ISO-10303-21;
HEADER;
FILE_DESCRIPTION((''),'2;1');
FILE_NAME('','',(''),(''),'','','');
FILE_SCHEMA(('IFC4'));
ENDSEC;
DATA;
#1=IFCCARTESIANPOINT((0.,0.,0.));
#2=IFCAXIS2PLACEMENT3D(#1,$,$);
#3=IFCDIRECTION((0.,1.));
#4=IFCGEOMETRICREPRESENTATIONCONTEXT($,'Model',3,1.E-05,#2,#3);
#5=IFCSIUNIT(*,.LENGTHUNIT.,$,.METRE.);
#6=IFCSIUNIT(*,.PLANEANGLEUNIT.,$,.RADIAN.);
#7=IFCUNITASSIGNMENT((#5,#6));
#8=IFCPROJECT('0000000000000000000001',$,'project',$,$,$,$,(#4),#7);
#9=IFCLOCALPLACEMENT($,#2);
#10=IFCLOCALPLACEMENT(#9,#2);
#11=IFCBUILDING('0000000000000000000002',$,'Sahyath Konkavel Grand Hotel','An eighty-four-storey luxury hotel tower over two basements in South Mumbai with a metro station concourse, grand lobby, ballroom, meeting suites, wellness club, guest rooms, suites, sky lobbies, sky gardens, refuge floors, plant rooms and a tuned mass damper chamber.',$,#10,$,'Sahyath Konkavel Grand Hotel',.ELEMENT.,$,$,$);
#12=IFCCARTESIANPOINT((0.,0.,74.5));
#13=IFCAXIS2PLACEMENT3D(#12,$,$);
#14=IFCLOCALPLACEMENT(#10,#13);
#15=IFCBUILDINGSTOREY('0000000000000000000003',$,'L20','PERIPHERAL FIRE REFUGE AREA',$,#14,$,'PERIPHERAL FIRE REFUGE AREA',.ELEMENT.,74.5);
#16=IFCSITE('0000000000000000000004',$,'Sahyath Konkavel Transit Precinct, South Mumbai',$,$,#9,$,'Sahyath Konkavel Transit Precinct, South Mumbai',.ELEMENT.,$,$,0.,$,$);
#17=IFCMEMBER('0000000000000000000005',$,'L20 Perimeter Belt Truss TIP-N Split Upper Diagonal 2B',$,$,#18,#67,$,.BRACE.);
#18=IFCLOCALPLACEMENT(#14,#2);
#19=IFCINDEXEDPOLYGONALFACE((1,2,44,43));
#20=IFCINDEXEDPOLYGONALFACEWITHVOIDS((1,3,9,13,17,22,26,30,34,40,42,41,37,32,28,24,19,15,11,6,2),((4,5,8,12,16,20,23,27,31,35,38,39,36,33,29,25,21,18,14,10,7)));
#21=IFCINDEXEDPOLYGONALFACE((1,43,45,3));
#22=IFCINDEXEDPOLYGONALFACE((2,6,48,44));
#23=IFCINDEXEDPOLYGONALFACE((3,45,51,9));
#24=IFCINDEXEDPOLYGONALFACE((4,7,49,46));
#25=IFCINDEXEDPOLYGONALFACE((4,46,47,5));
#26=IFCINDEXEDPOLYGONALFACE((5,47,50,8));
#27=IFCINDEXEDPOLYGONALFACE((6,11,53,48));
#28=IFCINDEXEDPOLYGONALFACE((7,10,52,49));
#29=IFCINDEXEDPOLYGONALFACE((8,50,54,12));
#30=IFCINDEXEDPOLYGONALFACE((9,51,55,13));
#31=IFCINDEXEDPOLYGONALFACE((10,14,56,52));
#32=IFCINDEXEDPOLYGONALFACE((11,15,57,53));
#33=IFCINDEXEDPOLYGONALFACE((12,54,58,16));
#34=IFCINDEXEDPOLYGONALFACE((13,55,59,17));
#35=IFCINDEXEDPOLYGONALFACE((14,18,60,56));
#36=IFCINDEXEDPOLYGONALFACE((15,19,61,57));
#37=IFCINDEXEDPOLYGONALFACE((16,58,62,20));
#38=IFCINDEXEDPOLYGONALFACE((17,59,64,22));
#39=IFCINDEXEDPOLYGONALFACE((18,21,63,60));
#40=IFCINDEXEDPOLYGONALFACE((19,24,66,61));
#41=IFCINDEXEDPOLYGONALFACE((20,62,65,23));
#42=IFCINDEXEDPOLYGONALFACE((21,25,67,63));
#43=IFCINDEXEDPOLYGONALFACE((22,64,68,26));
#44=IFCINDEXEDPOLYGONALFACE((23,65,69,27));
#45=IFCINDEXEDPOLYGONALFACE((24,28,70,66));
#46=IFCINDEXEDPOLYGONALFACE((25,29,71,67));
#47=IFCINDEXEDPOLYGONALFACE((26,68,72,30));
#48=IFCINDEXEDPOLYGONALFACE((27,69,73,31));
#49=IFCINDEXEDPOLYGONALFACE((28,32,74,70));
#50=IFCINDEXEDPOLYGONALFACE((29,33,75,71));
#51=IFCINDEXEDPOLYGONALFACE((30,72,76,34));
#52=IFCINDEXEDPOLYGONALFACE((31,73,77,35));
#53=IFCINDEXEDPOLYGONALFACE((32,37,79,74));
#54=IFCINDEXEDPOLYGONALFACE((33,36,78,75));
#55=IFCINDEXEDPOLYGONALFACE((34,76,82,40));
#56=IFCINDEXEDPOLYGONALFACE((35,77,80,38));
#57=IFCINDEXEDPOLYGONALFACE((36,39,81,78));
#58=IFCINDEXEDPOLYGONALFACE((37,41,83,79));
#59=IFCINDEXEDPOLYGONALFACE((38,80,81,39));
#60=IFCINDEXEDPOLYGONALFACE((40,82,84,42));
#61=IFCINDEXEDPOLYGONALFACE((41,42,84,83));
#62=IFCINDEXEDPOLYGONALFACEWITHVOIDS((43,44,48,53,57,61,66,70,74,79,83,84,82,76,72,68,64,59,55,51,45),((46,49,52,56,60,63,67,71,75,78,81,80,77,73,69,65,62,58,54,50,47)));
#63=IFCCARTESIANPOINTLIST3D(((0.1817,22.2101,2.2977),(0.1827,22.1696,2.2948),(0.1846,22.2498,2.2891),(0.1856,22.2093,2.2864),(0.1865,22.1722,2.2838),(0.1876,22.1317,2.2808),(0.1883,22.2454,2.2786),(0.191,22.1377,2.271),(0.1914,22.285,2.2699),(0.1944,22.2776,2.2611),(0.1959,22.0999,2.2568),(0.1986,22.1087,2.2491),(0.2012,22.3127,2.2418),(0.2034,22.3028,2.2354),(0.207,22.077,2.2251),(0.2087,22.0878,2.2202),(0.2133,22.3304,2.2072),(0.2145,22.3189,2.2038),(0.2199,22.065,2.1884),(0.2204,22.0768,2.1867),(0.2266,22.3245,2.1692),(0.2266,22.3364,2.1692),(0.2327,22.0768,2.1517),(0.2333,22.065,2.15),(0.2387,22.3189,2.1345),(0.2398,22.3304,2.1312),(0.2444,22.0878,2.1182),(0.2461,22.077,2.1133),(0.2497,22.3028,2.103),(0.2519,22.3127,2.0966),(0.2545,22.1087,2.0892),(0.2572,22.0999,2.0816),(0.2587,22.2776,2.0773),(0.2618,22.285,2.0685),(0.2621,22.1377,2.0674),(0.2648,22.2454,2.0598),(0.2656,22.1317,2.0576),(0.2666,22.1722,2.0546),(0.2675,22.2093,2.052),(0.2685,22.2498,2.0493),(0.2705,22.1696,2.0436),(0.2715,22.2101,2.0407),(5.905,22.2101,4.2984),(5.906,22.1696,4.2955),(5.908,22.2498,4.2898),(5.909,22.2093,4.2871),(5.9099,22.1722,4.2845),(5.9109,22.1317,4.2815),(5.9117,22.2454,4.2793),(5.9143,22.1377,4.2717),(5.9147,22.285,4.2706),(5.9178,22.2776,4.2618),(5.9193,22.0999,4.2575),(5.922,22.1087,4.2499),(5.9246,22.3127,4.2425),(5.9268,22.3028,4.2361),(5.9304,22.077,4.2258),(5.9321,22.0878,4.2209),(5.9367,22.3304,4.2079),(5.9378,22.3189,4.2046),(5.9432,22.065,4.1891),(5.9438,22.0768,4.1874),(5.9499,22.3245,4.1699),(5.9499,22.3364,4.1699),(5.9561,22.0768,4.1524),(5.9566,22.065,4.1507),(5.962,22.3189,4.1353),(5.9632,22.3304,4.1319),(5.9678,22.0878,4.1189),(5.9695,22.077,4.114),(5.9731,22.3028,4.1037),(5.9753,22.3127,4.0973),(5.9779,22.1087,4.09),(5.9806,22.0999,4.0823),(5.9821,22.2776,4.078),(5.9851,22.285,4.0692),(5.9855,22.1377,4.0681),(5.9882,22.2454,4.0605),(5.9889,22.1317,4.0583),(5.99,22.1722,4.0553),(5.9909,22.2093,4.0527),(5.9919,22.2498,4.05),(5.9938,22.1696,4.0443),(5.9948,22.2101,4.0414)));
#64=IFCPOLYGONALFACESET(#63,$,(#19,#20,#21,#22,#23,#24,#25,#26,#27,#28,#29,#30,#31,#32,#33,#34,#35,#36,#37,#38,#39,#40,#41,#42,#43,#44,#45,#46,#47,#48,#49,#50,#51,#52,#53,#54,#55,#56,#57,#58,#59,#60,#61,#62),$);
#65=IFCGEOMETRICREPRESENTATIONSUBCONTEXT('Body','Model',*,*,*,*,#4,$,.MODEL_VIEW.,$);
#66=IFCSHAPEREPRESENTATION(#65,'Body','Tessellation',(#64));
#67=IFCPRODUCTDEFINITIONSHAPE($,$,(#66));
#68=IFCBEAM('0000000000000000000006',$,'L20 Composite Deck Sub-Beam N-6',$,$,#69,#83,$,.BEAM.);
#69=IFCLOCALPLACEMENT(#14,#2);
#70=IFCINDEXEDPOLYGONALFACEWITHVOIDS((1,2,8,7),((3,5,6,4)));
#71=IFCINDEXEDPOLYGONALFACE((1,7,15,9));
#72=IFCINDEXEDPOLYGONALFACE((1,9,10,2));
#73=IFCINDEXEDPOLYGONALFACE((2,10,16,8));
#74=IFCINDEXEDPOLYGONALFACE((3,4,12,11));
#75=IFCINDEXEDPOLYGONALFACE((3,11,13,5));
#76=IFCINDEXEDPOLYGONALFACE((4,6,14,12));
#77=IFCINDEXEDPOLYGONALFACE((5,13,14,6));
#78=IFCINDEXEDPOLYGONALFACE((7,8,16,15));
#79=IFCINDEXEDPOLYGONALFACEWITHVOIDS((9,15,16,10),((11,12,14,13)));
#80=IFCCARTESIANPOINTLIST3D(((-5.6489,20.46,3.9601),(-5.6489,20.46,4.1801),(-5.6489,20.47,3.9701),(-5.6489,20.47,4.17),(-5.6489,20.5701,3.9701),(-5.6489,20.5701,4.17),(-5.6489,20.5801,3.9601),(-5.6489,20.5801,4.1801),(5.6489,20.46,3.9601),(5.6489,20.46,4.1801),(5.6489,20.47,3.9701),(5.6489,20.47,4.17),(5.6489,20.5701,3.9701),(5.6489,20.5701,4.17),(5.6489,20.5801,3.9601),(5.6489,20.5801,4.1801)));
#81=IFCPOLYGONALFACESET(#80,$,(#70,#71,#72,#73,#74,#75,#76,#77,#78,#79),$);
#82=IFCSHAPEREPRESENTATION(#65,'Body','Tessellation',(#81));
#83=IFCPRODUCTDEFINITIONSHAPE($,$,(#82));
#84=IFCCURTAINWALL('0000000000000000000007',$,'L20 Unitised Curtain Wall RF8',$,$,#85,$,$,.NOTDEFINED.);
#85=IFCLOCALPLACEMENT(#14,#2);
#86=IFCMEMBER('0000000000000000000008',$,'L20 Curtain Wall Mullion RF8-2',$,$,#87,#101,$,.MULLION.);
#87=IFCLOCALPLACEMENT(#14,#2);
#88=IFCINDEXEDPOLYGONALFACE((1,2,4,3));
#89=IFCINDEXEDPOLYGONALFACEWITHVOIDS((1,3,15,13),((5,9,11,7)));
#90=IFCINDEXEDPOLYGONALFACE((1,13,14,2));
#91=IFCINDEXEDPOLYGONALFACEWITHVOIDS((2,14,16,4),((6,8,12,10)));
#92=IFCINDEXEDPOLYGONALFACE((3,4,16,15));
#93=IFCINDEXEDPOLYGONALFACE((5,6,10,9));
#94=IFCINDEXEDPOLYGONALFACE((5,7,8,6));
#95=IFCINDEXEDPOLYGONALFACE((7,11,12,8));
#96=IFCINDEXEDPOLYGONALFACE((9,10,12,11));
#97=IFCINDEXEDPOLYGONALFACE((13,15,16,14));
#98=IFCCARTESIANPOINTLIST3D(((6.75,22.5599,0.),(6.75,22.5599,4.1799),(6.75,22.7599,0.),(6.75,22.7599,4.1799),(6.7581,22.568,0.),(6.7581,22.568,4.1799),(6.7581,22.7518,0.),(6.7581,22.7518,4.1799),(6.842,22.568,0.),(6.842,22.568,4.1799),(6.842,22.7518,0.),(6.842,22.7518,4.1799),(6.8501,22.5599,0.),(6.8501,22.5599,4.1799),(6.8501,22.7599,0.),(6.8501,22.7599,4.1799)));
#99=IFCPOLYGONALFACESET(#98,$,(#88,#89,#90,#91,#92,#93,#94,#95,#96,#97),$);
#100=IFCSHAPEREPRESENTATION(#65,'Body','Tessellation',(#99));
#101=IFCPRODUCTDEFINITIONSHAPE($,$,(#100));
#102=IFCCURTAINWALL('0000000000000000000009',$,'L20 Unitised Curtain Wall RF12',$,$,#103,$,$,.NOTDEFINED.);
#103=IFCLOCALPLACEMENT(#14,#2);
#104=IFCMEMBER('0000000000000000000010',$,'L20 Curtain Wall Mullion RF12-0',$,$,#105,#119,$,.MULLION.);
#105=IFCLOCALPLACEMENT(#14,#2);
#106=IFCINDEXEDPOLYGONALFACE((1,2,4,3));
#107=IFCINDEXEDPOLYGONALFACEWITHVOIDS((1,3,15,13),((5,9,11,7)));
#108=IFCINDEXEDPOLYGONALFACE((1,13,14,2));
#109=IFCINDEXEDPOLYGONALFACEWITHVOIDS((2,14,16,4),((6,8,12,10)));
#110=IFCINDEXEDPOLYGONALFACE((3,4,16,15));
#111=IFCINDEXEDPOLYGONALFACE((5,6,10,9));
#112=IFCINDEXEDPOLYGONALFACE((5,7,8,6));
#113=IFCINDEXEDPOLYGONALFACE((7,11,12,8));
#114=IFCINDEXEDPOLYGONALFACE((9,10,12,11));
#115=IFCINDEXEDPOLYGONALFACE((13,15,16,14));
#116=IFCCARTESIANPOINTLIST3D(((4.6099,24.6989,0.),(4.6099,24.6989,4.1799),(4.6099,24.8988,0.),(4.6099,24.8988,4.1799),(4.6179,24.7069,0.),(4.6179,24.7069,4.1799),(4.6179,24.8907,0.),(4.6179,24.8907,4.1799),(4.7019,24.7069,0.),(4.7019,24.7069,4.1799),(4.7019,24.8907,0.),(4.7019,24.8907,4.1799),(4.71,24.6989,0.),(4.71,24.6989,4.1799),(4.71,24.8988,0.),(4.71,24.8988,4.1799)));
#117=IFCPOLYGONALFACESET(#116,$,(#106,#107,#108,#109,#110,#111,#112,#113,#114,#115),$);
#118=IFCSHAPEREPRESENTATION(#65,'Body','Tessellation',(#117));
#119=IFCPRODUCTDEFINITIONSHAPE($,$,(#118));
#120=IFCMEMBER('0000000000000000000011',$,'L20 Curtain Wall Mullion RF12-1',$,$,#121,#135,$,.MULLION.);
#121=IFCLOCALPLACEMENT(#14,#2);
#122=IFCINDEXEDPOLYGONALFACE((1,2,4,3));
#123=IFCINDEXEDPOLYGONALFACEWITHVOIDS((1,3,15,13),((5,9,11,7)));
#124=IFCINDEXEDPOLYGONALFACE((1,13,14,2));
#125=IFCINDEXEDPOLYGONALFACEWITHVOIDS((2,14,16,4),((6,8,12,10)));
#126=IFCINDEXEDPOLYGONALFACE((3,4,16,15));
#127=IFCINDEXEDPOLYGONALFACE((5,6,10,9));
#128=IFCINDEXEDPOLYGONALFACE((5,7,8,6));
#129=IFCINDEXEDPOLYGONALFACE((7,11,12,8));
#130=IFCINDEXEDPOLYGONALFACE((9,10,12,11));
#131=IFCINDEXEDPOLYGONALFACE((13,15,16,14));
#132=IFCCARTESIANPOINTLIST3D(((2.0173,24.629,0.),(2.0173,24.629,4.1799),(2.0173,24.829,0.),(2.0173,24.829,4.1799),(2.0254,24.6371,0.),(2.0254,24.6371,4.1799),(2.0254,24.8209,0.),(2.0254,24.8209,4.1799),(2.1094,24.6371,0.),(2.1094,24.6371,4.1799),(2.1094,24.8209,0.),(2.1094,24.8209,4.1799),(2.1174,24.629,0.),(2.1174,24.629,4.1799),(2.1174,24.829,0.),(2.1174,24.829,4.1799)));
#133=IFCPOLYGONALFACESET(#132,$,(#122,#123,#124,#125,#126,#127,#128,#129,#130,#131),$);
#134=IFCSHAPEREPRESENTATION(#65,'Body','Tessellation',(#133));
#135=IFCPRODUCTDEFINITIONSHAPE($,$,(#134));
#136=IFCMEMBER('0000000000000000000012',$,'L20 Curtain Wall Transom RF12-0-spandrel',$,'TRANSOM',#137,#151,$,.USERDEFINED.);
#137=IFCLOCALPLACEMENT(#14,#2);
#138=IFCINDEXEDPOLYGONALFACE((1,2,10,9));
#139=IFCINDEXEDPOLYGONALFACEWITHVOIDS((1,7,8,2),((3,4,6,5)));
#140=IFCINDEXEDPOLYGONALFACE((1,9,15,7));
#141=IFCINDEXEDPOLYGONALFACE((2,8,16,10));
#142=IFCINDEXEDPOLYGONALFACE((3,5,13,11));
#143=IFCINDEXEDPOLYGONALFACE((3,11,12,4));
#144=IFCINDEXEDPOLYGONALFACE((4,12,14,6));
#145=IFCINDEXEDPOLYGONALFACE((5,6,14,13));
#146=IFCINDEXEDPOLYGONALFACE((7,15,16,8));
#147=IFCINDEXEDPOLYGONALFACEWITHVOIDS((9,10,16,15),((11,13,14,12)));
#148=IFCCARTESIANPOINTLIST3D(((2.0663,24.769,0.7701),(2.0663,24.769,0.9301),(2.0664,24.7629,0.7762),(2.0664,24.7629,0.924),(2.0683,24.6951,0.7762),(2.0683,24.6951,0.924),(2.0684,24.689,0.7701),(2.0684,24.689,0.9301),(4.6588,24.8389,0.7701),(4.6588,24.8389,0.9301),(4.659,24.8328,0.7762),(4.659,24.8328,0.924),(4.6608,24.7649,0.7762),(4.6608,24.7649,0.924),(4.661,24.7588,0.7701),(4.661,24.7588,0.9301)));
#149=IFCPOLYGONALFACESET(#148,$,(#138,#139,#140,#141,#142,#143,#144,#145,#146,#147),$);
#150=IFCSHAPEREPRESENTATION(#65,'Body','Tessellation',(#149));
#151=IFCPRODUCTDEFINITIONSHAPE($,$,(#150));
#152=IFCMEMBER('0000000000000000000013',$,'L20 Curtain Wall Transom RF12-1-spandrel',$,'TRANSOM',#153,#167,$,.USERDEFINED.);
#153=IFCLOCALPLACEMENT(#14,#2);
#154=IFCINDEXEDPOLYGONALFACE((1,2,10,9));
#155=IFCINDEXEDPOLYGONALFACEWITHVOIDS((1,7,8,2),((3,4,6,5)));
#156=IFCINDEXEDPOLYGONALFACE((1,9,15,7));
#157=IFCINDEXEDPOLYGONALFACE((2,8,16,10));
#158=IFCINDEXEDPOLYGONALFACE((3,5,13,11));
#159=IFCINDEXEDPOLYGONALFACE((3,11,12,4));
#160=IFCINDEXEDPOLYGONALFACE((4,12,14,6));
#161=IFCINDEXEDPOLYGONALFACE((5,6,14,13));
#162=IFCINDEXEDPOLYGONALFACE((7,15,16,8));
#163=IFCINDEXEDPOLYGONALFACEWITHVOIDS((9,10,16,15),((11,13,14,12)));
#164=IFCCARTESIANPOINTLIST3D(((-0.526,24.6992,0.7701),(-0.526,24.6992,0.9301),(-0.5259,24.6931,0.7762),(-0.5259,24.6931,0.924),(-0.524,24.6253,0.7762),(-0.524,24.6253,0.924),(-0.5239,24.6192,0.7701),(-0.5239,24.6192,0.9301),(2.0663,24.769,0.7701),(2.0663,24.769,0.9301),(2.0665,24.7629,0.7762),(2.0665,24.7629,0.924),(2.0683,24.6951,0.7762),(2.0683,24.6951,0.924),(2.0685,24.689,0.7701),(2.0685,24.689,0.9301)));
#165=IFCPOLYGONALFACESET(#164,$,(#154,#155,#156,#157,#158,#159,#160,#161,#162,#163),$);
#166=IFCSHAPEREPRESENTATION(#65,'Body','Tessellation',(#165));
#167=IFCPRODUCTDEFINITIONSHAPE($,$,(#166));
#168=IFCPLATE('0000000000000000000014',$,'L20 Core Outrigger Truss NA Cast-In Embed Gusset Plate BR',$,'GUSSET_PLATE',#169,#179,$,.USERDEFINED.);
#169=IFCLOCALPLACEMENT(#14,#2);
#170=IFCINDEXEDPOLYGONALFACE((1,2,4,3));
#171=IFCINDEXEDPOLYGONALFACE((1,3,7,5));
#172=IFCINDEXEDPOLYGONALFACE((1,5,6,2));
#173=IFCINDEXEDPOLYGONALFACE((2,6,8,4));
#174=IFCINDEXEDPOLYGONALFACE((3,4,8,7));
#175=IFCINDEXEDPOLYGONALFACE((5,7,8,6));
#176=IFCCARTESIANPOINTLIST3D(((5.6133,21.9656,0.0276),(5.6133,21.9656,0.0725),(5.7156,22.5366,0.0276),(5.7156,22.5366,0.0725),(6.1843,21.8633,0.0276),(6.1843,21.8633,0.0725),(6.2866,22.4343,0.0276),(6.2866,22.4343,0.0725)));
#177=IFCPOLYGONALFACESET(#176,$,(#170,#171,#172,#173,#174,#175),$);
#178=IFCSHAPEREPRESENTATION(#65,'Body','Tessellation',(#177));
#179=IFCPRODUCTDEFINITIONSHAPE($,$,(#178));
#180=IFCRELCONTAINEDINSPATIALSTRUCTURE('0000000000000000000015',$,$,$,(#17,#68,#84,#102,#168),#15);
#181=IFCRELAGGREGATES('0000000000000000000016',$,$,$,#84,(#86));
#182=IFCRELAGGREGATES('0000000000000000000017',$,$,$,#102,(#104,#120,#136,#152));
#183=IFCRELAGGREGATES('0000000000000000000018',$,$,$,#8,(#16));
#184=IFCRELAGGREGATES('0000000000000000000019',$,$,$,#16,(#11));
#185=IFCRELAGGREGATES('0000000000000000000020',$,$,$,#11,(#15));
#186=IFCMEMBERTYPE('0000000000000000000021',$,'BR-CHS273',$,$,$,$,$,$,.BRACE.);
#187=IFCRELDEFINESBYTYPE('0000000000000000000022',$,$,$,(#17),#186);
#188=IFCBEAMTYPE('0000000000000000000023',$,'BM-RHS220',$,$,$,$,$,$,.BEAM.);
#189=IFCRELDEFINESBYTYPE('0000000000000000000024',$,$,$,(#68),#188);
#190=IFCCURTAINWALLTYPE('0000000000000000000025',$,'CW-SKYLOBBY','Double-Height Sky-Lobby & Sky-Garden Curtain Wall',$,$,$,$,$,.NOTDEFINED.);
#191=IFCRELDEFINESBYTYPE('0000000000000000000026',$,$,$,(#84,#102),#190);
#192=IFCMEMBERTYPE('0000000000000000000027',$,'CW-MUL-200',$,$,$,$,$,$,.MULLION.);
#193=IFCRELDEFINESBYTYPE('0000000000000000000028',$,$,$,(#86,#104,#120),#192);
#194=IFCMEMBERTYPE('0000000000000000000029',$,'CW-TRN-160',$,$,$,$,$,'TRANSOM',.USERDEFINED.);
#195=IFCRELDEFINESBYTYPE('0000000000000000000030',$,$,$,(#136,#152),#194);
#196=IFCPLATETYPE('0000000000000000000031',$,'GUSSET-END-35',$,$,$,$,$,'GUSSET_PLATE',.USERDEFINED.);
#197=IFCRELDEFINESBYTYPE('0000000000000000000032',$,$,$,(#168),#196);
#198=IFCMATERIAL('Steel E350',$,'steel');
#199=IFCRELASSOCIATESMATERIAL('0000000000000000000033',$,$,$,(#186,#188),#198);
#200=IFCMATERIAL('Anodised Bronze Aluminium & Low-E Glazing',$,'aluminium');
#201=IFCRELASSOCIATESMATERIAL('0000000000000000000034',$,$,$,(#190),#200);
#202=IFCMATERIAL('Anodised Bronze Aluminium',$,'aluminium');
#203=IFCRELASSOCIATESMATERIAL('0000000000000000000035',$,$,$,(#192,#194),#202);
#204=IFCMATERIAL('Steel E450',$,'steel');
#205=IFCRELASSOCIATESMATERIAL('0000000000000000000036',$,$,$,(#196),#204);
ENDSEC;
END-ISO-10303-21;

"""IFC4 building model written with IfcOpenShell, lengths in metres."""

from ifc_helpers import new_model, si_unit, direction, frame, origin, origin_2d, place, context, subcontext, project, spatial, rectangle, hollow_rectangle, hollow_circle, extrude, source, transform, mapped, material, material_profile, profile_set, type_object, element, aggregate, save


model = new_model("IFC4")

# Units and contexts
model_context = context("Model", 3, precision=1e-05, world=origin(), true_north=direction((0.0, 1.0)))
body_context = subcontext(model_context, "Body", "Model", "MODEL_VIEW")
ifc_project = project(units=[si_unit("LENGTHUNIT", "METRE"), si_unit("PLANEANGLEUNIT", "RADIAN")], contexts=[model_context])

# Site, building, storey
site_placement = place(None, origin())
site = spatial("IfcSite", under=ifc_project, at=site_placement, Name="Sahyath Konkavel Transit Precinct, South Mumbai", LongName="Sahyath Konkavel Transit Precinct, South Mumbai", CompositionType="ELEMENT", RefElevation=0.0)
building_placement = place(site_placement, origin())
building = spatial("IfcBuilding", under=site, at=building_placement, Name="Sahyath Konkavel Grand Hotel", Description="An eighty-four-storey luxury hotel tower over two basements in South Mumbai with a metro station concourse, grand lobby, ballroom, meeting suites, wellness club, guest rooms, suites, sky lobbies, sky gardens, refuge floors, plant rooms and a tuned mass damper chamber.", LongName="Sahyath Konkavel Grand Hotel", CompositionType="ELEMENT")
storey_placement = place(building_placement, frame((0.0, 0.0, 74.5)))
storey = spatial("IfcBuildingStorey", under=building, at=storey_placement, Name="L20", Description="PERIPHERAL FIRE REFUGE AREA", LongName="PERIPHERAL FIRE REFUGE AREA", CompositionType="ELEMENT", Elevation=74.5)

# Shared definitions
ifc_material_1 = material(Name="Steel E450", Category="steel")

# Member
ifc_material_2 = material(Name="Steel E350", Category="steel")
ifc_material_profile_1 = material_profile(ifc_material_2, hollow_circle(Radius=0.1365, WallThickness=0.012, at=origin_2d()), Name="CHS 273.0x12")
ifc_profile_set_1 = profile_set([ifc_material_profile_1], Name="Steel E350")
member_type_1 = type_object("IfcMemberType", Name="BR-CHS273", PredefinedType="BRACE", material=ifc_profile_set_1)
shared_shape_1 = source(origin(), body_context, "Body", "SweptSolid", [
    extrude(hollow_circle(Radius=0.1365, WallThickness=0.012, at=origin_2d()), origin(), (0.0, 0.0, 1.0), 6.063),
])
member_1_placement = place(storey_placement, frame((0.2266, 22.2, 2.1692), z_axis=(0.943984, 0.0, 0.32999), x_axis=(0.0, 1.0, 0.0)))
element("IfcMember", 1, at=member_1_placement, inside=storey, type_object=member_type_1, Name="L20 Perimeter Belt Truss TIP-N Split Upper Diagonal 2B", PredefinedType="BRACE", context=body_context, shape_type="MappedRepresentation", body=[
    mapped(shared_shape_1, transform((0.0, 0.0, 0.0), scale=1.0)),
])

# Beam
ifc_material_profile_2 = material_profile(ifc_material_2, hollow_rectangle(XDim=0.1201, YDim=0.22, WallThickness=0.01, at=origin_2d()), Name="RHS 220x120x10")
ifc_profile_set_2 = profile_set([ifc_material_profile_2], Name="Steel E350")
beam_type_1 = type_object("IfcBeamType", Name="BM-RHS220", PredefinedType="BEAM", material=ifc_profile_set_2)
shared_shape_2 = source(origin(), body_context, "Body", "SweptSolid", [
    extrude(hollow_rectangle(XDim=0.1201, YDim=0.22, WallThickness=0.01, at=origin_2d()), origin(), (0.0, 0.0, 1.0), 11.2979),
])
beam_1_placement = place(storey_placement, frame((5.6489, 20.52, 4.0701), z_axis=(-1.0, 0.0, 0.0), x_axis=(0.0, -1.0, 0.0)))
element("IfcBeam", 2, at=beam_1_placement, inside=storey, type_object=beam_type_1, Name="L20 Composite Deck Sub-Beam N-6", PredefinedType="BEAM", context=body_context, shape_type="MappedRepresentation", body=[
    mapped(shared_shape_2, transform((0.0, 0.0, 0.0), scale=1.0)),
])

# Curtain wall, member
ifc_material_3 = material(Name="Anodised Bronze Aluminium & Low-E Glazing", Category="aluminium")
curtain_wall_type = type_object("IfcCurtainWallType", Name="CW-SKYLOBBY", Description="Double-Height Sky-Lobby & Sky-Garden Curtain Wall", PredefinedType="NOTDEFINED", material=ifc_material_3)
curtain_wall_1_placement = place(storey_placement, origin())
curtain_wall_1 = element("IfcCurtainWall", 3, at=curtain_wall_1_placement, inside=storey, type_object=curtain_wall_type, Name="L20 Unitised Curtain Wall RF8", PredefinedType="NOTDEFINED")
ifc_material_4 = material(Name="Anodised Bronze Aluminium", Category="aluminium")
ifc_material_profile_3 = material_profile(ifc_material_4, hollow_rectangle(XDim=0.1001, YDim=0.2, WallThickness=0.0081, at=origin_2d()), Name="RHS 200x100x8")
ifc_profile_set_3 = profile_set([ifc_material_profile_3], Name="Anodised Bronze Aluminium")
member_type_2 = type_object("IfcMemberType", Name="CW-MUL-200", PredefinedType="MULLION", material=ifc_profile_set_3)
shared_shape_3 = source(origin(), body_context, "Body", "SweptSolid", [
    extrude(hollow_rectangle(XDim=0.1001, YDim=0.2, WallThickness=0.0081, at=origin_2d()), origin(), (0.0, 0.0, 1.0), 4.1799),
])
member_2_placement = place(storey_placement, frame((6.8, 22.6599, 0.0), z_axis=(0.0, 0.0, 1.0), x_axis=(1.0, 0.0, 0.0)))
member_2 = element("IfcMember", 4, at=member_2_placement, type_object=member_type_2, Name="L20 Curtain Wall Mullion RF8-2", PredefinedType="MULLION", context=body_context, shape_type="MappedRepresentation", body=[
    mapped(shared_shape_3, transform((0.0, 0.0, 0.0), scale=1.0)),
])
aggregate(curtain_wall_1, [member_2])

# Curtain wall, members
curtain_wall_2_placement = place(storey_placement, origin())
curtain_wall_2 = element("IfcCurtainWall", 5, at=curtain_wall_2_placement, inside=storey, type_object=curtain_wall_type, Name="L20 Unitised Curtain Wall RF12", PredefinedType="NOTDEFINED")
member_3_placement = place(storey_placement, frame((4.6599, 24.7988, 0.0), z_axis=(0.0, 0.0, 1.0), x_axis=(1.0, 0.0, 0.0)))
member_3 = element("IfcMember", 6, at=member_3_placement, type_object=member_type_2, Name="L20 Curtain Wall Mullion RF12-0", PredefinedType="MULLION", context=body_context, shape_type="MappedRepresentation", body=[
    mapped(shared_shape_3, transform((0.0, 0.0, 0.0), scale=1.0)),
])
member_4_placement = place(storey_placement, frame((2.0674, 24.729, 0.0), z_axis=(0.0, 0.0, 1.0), x_axis=(1.0, 0.0, 0.0)))
member_4 = element("IfcMember", 7, at=member_4_placement, type_object=member_type_2, Name="L20 Curtain Wall Mullion RF12-1", PredefinedType="MULLION", context=body_context, shape_type="MappedRepresentation", body=[
    mapped(shared_shape_3, transform((0.0, 0.0, 0.0), scale=1.0)),
])
ifc_material_profile_4 = material_profile(ifc_material_4, hollow_rectangle(XDim=0.0801, YDim=0.1599, WallThickness=0.0061, at=origin_2d()), Name="RHS 160x80x6")
ifc_profile_set_4 = profile_set([ifc_material_profile_4], Name="Anodised Bronze Aluminium")
member_type_3 = type_object("IfcMemberType", Name="CW-TRN-160", ElementType="TRANSOM", PredefinedType="USERDEFINED", material=ifc_profile_set_4)
shared_shape_4 = source(origin(), body_context, "Body", "SweptSolid", [
    extrude(hollow_rectangle(XDim=0.0801, YDim=0.1599, WallThickness=0.0061, at=origin_2d()), origin(), (0.0, 0.0, 1.0), 2.5935),
])
member_5_placement = place(storey_placement, frame((4.6599, 24.7988, 0.8501), z_axis=(-0.999638, -0.026923, 0.0), x_axis=(0.026923, -0.999638, 0.0)))
member_5 = element("IfcMember", 8, at=member_5_placement, type_object=member_type_3, Name="L20 Curtain Wall Transom RF12-0-spandrel", ObjectType="TRANSOM", PredefinedType="USERDEFINED", context=body_context, shape_type="MappedRepresentation", body=[
    mapped(shared_shape_4, transform((0.0, 0.0, 0.0), scale=1.0)),
])
shared_shape_5 = source(origin(), body_context, "Body", "SweptSolid", [
    extrude(hollow_rectangle(XDim=0.0801, YDim=0.1599, WallThickness=0.0061, at=origin_2d()), origin(), (0.0, 0.0, 1.0), 2.5933),
])
member_6_placement = place(storey_placement, frame((2.0674, 24.729, 0.8501), z_axis=(-0.999637, -0.026926, 0.0), x_axis=(0.026926, -0.999637, 0.0)))
member_6 = element("IfcMember", 9, at=member_6_placement, type_object=member_type_3, Name="L20 Curtain Wall Transom RF12-1-spandrel", ObjectType="TRANSOM", PredefinedType="USERDEFINED", context=body_context, shape_type="MappedRepresentation", body=[
    mapped(shared_shape_5, transform((0.0, 0.0, 0.0), scale=1.0)),
])

# Plate
plate_type_1 = type_object("IfcPlateType", Name="GUSSET-END-35", ElementType="GUSSET_PLATE", PredefinedType="USERDEFINED", material=ifc_material_1)
shared_shape_6 = source(origin(), body_context, "Body", "SweptSolid", [
    extrude(rectangle(XDim=0.5801, YDim=0.5801, at=origin_2d()), origin(), (0.0, 0.0, 1.0), 0.0449),
])
for number, where, z_axis, x_axis, name in (
    (10, (5.95, 22.2, 0.0276), (0.0, 0.0, 1.0), (0.176363, 0.984325, 0.0), "L20 Core Outrigger Truss NA Cast-In Embed Gusset Plate BR"),
):
    element("IfcPlate", number, at=place(storey_placement, frame(where, z_axis=z_axis, x_axis=x_axis)), inside=storey, type_object=plate_type_1, Name=name, ObjectType="GUSSET_PLATE", PredefinedType="USERDEFINED", context=body_context, shape_type="MappedRepresentation", body=[
        mapped(shared_shape_6, transform((0.0, 0.0, 0.0), scale=1.0)),
    ])

aggregate(curtain_wall_2, [member_3, member_4, member_5, member_6])

save(model, "model.ifc")
